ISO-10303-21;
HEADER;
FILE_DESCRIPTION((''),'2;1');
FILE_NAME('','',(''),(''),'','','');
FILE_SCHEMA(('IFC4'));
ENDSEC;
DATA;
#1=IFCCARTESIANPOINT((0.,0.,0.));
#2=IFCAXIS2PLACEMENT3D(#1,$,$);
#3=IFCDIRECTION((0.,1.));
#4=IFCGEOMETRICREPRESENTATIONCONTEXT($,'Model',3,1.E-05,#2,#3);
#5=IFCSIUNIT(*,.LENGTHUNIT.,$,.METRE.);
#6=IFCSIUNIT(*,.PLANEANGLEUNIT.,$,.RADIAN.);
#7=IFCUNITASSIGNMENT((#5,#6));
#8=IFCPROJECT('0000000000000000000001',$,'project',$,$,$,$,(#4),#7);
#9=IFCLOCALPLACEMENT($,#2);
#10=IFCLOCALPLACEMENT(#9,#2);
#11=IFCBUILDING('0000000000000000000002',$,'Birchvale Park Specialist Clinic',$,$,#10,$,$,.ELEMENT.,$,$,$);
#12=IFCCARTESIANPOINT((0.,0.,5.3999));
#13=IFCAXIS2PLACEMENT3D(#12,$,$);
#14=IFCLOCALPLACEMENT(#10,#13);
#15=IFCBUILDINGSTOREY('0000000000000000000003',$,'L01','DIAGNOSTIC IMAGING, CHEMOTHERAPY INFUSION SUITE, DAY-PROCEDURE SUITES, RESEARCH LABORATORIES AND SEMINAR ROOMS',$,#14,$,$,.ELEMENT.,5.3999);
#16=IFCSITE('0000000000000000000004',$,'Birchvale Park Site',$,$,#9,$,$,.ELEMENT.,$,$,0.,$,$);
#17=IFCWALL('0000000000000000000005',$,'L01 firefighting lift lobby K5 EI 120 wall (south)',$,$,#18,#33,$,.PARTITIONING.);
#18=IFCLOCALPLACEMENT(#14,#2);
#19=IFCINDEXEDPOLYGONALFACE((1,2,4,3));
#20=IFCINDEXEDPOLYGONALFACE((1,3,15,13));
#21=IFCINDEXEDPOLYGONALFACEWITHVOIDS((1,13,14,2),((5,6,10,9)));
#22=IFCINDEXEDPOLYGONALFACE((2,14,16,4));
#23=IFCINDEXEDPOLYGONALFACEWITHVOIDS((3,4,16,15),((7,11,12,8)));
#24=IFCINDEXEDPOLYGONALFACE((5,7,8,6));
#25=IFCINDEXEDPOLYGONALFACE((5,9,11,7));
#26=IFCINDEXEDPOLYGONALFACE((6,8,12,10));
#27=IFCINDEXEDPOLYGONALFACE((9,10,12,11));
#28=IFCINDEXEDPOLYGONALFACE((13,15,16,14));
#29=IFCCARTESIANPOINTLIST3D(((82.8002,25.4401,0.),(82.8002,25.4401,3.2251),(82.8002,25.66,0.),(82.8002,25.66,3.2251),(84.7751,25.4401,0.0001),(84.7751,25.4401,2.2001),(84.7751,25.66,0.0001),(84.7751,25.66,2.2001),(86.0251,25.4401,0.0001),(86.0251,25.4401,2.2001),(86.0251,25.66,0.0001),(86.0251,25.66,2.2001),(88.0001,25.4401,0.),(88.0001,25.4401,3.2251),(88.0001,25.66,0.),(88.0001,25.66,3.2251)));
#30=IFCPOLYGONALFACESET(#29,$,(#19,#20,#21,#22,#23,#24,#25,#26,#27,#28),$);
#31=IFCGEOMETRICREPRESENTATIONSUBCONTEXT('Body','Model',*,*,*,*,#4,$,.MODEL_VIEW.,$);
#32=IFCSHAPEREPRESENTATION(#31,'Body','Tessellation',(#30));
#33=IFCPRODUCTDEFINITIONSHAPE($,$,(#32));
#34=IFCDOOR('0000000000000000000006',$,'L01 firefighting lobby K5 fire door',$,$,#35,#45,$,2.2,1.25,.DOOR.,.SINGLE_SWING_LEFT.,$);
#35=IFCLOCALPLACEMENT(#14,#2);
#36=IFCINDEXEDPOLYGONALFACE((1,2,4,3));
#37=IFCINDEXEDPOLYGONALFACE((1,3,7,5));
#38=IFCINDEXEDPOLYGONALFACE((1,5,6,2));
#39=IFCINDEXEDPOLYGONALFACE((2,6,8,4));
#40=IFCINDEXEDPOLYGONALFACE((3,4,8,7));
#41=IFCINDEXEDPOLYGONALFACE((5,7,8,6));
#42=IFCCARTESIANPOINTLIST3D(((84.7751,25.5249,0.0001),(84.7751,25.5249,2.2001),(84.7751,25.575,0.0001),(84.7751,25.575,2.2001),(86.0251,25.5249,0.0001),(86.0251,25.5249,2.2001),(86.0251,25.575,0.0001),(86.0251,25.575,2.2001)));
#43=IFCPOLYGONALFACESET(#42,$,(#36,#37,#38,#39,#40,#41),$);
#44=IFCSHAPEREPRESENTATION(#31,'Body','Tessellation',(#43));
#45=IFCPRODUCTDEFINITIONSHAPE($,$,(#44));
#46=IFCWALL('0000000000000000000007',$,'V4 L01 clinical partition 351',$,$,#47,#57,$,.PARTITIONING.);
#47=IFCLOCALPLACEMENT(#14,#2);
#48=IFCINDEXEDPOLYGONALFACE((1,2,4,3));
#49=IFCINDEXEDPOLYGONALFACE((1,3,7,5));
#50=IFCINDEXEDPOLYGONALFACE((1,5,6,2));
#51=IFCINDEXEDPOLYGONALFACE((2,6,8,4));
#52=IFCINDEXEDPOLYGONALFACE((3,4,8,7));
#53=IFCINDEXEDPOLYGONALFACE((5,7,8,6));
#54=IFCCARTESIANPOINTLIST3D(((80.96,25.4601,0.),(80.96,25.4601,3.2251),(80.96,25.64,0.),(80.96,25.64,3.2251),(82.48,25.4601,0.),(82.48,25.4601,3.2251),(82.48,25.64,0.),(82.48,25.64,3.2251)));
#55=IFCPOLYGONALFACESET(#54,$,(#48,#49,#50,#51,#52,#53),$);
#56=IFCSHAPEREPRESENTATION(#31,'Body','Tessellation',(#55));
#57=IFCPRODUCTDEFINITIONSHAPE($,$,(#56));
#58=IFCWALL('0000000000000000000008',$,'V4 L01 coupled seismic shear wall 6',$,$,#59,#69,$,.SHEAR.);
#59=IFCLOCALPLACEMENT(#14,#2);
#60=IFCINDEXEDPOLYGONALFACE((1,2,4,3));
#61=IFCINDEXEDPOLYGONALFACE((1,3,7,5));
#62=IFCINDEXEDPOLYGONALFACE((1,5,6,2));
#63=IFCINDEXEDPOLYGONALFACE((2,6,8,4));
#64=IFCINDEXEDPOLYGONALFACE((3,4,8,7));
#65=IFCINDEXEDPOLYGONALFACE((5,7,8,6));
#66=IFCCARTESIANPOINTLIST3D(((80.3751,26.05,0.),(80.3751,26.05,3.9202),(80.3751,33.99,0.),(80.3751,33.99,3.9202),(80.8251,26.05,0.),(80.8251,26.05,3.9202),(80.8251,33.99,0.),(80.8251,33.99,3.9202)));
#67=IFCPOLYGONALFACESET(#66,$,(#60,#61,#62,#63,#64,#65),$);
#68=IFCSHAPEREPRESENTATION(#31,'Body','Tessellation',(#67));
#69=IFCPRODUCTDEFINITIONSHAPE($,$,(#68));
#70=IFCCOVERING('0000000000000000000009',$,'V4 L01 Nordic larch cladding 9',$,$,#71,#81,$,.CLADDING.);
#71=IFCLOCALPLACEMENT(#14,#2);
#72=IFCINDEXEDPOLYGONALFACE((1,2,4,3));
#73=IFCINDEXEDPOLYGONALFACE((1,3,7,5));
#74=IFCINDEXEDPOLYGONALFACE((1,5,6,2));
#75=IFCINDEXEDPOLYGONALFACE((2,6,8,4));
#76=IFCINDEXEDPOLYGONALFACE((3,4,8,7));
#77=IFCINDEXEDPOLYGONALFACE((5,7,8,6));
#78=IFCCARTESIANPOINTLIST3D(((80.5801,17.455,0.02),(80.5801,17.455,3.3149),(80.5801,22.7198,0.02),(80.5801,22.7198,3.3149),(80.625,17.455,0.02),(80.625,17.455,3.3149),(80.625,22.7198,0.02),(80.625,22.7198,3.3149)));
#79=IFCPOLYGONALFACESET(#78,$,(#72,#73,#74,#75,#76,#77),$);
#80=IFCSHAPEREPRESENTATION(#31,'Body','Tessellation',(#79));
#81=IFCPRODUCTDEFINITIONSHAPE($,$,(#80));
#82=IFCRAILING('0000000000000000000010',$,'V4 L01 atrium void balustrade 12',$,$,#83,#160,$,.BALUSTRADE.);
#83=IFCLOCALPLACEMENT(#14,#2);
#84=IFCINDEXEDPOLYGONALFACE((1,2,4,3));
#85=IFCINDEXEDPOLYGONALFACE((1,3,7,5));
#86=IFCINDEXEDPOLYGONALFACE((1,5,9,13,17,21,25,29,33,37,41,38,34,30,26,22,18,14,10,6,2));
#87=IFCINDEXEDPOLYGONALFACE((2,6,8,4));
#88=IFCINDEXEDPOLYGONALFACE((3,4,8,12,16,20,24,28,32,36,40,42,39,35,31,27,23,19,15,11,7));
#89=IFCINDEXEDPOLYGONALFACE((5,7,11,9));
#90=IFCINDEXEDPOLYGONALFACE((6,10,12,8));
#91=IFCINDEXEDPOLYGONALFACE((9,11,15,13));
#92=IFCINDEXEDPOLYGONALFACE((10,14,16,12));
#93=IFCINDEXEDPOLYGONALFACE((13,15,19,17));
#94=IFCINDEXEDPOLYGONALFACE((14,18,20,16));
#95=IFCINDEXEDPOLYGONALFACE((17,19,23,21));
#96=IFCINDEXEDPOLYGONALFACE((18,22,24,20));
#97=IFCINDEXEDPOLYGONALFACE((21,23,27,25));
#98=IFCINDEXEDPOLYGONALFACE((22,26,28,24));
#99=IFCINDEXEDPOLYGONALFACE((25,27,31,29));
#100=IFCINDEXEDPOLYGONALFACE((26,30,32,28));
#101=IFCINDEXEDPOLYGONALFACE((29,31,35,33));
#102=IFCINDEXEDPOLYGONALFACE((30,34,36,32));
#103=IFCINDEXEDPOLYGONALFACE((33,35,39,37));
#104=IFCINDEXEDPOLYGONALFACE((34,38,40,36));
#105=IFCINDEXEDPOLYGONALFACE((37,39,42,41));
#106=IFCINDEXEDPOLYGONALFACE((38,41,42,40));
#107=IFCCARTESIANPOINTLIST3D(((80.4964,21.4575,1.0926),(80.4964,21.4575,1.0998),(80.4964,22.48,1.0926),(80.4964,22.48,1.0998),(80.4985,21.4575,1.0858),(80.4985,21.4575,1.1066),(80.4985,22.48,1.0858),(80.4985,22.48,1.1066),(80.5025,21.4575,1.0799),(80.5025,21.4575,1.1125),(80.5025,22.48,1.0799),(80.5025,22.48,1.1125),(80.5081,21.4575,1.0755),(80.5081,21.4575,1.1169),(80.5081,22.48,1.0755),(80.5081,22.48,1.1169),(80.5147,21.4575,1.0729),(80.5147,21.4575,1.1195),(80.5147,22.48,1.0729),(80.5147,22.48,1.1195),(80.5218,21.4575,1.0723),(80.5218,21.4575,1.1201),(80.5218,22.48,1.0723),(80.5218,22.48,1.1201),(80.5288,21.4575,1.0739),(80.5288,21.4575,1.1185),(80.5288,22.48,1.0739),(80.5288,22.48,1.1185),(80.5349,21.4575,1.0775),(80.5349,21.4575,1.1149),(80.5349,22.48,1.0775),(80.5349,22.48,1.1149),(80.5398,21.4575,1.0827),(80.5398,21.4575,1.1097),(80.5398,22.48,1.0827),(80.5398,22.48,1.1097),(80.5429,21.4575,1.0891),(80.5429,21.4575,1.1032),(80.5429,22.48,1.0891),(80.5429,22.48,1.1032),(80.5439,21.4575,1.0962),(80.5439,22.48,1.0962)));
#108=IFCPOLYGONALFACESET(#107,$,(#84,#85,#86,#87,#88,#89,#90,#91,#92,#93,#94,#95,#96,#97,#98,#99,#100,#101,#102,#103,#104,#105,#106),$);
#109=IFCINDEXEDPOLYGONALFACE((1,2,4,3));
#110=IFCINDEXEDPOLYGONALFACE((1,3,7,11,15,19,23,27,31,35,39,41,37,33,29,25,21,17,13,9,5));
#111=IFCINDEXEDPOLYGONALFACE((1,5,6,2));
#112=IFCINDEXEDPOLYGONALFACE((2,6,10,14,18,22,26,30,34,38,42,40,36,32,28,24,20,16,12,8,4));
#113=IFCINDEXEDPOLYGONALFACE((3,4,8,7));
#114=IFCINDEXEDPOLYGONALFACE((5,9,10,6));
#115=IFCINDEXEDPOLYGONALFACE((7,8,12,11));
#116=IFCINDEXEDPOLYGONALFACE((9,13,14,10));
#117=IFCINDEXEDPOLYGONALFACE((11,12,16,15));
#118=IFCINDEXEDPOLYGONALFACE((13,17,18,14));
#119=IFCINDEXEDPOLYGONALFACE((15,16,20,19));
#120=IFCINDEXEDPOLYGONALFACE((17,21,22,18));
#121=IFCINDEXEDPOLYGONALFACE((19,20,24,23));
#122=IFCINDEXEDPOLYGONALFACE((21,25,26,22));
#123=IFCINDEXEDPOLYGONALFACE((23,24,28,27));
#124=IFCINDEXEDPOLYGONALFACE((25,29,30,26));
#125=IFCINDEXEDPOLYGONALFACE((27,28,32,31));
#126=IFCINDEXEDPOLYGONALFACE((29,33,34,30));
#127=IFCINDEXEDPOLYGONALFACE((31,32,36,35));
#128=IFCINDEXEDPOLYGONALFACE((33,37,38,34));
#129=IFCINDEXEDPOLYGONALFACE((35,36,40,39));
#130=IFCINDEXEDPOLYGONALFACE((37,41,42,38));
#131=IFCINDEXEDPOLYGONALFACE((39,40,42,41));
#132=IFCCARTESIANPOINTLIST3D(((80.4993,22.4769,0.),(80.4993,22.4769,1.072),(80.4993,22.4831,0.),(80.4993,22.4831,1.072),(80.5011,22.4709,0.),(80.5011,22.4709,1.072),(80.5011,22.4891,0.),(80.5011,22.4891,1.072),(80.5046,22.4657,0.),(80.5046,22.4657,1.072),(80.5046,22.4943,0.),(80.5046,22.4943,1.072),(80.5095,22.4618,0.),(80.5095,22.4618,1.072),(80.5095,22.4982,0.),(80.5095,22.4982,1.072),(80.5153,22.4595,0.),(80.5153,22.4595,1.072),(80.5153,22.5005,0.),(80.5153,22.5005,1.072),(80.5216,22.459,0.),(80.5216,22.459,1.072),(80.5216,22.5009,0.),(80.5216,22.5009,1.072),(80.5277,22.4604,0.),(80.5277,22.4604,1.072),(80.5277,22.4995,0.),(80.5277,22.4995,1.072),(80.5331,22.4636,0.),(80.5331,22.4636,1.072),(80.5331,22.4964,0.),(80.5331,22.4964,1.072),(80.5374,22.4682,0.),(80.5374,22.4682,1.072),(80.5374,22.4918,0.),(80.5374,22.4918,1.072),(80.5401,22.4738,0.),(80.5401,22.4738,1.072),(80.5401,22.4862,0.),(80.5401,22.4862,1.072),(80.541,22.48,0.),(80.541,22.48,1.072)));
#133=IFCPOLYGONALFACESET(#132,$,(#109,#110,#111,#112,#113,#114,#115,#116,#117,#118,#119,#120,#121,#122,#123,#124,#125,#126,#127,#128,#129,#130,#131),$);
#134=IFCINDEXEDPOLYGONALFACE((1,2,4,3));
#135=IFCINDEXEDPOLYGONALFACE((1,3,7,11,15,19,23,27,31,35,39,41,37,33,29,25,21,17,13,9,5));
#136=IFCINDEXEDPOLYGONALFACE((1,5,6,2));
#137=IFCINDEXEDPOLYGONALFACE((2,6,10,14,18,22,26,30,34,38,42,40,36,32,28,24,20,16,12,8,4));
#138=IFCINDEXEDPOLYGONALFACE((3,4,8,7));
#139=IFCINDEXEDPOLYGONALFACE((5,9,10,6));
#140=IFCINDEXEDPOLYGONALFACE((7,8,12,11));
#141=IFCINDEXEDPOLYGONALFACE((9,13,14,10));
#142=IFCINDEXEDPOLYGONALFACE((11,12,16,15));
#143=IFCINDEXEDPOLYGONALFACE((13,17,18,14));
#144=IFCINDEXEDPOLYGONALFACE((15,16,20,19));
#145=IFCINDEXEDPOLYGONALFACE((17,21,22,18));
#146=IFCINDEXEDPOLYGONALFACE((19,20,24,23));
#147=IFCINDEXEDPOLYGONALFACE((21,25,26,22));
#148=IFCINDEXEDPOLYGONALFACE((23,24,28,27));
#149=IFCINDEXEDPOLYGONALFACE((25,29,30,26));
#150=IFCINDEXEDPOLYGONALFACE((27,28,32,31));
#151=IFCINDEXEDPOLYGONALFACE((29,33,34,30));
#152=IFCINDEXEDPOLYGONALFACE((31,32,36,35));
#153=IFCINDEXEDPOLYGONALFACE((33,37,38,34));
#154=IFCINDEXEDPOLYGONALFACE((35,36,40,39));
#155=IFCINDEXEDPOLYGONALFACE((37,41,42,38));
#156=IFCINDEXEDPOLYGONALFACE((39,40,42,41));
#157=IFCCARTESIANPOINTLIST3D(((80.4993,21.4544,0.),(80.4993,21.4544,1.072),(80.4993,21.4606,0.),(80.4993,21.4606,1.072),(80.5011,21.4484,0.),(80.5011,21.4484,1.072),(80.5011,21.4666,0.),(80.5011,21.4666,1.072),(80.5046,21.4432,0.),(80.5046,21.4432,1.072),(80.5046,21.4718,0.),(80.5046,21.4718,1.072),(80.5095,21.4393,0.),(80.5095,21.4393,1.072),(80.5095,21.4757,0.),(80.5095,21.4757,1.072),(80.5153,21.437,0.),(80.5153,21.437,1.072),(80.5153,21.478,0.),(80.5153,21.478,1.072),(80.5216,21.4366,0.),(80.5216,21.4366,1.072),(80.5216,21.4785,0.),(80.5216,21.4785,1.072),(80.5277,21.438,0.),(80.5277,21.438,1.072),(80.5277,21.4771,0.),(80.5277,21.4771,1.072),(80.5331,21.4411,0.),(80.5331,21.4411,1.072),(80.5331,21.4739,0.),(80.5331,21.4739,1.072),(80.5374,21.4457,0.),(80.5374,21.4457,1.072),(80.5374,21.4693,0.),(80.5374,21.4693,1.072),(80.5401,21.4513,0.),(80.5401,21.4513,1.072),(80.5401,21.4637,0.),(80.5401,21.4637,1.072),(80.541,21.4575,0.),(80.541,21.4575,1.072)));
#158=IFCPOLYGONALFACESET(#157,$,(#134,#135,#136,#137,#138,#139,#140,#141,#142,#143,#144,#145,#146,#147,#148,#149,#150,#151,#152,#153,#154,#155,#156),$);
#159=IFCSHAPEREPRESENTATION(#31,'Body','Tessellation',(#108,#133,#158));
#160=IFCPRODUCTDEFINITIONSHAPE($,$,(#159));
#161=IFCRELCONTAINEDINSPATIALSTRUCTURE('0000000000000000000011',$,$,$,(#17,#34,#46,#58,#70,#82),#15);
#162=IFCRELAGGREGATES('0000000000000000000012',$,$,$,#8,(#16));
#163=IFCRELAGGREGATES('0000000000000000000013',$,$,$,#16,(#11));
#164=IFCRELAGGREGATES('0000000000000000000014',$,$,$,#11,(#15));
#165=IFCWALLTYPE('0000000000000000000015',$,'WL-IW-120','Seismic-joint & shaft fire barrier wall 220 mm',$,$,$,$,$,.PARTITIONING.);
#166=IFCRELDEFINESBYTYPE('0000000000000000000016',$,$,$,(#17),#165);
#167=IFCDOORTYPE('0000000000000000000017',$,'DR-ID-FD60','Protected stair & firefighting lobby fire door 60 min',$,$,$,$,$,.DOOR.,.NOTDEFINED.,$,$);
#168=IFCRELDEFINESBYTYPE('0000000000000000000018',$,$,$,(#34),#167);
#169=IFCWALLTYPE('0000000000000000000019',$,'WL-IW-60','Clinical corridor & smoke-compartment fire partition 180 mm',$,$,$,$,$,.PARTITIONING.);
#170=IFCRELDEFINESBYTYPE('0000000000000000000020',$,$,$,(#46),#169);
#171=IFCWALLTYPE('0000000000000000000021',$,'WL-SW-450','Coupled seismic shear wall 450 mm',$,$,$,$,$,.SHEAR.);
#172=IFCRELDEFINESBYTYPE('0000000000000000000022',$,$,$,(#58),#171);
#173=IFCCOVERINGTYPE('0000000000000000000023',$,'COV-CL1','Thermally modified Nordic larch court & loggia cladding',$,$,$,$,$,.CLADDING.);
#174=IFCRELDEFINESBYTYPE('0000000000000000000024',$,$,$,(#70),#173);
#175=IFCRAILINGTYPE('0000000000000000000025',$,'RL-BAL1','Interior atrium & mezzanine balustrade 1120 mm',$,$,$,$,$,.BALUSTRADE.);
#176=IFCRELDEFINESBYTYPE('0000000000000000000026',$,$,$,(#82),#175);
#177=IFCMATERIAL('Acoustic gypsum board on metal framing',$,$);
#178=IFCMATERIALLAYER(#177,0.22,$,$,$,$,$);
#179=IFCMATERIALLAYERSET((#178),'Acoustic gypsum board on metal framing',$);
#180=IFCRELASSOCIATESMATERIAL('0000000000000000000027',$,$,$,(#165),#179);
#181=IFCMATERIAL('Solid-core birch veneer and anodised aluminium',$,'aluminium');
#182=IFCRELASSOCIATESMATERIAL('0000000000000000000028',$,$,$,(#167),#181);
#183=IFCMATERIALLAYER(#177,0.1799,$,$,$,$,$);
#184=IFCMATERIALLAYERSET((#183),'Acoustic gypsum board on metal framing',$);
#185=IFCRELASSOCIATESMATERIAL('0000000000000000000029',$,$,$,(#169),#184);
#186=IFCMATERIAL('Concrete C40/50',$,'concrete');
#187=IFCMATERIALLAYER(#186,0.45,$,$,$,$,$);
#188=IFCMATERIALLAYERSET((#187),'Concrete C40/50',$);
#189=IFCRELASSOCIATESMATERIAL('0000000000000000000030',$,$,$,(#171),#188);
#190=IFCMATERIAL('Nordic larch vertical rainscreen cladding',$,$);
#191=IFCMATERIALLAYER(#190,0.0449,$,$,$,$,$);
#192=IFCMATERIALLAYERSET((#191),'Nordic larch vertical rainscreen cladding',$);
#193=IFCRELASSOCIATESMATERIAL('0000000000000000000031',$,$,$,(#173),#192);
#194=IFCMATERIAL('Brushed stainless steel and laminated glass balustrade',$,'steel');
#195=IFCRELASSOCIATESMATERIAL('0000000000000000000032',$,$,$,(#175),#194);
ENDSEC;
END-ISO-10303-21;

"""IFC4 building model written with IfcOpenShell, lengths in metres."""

from ifc_helpers import new_model, si_unit, direction, frame, frame_2d, origin, origin_2d, place, context, subcontext, project, spatial, rectangle, circle, extrude, material, layer, layer_set, type_object, element, fill, save


model = new_model("IFC4")

# Units and contexts
model_context = context("Model", 3, precision=1e-05, world=origin(), true_north=direction((0.0, 1.0)))
body_context = subcontext(model_context, "Body", "Model", "MODEL_VIEW")
ifc_project = project(units=[si_unit("LENGTHUNIT", "METRE"), si_unit("PLANEANGLEUNIT", "RADIAN")], contexts=[model_context])

# Site, building, storey
site_placement = place(None, origin())
site = spatial("IfcSite", under=ifc_project, at=site_placement, Name="Birchvale Park Site", CompositionType="ELEMENT", RefElevation=0.0)
building_placement = place(site_placement, origin())
building = spatial("IfcBuilding", under=site, at=building_placement, Name="Birchvale Park Specialist Clinic", CompositionType="ELEMENT")
storey_placement = place(building_placement, frame((0.0, 0.0, 5.3999)))
storey = spatial("IfcBuildingStorey", under=building, at=storey_placement, Name="L01", Description="DIAGNOSTIC IMAGING, CHEMOTHERAPY INFUSION SUITE, DAY-PROCEDURE SUITES, RESEARCH LABORATORIES AND SEMINAR ROOMS", CompositionType="ELEMENT", Elevation=5.3999)

# Shared definitions
ifc_material_1 = material(Name="Concrete C40/50", Category="concrete")

# Shared definitions
ifc_material_2 = material(Name="Acoustic gypsum board on metal framing")
ifc_layer_1 = layer(ifc_material_2, 0.22)
ifc_layer_set_1 = layer_set([ifc_layer_1], Name="Acoustic gypsum board on metal framing")
wall_type_1 = type_object("IfcWallType", Name="WL-IW-120", Description="Seismic-joint & shaft fire barrier wall 220 mm", PredefinedType="PARTITIONING", material=ifc_layer_set_1)

# Wall, opening, door
wall_1_placement = place(storey_placement, frame((82.8, 25.55, 0.0), z_axis=(0.0, 0.0, 1.0), x_axis=(1.0, 0.0, 0.0)))
wall_1 = element("IfcWall", 1, at=wall_1_placement, inside=storey, type_object=wall_type_1, Name="L01 firefighting lift lobby K5 EI 120 wall (south)", PredefinedType="PARTITIONING", context=body_context, shape_type="SweptSolid", body=[
    extrude(rectangle(XDim=5.2, YDim=0.22, at=frame_2d((2.6001, 0.0))), origin(), (0.0, 0.0, 1.0), 3.2251),
])
opening_1_placement = place(wall_1_placement, frame((1.9751, 0.0, 0.0)))
opening_1 = element("IfcOpeningElement", 2, at=opening_1_placement, cuts=wall_1, PredefinedType="OPENING", context=body_context, shape_type="SweptSolid", body=[
    extrude(rectangle(XDim=1.25, YDim=2.2, at=frame_2d((0.625, 1.1001))), frame((0.0, 0.1201, 0.0), z_axis=(0.0, -1.0, 0.0), x_axis=(1.0, 0.0, 0.0)), (0.0, 0.0, 1.0), 0.24),
])
ifc_material_3 = material(Name="Solid-core birch veneer and anodised aluminium", Category="aluminium")
door_type_1 = type_object("IfcDoorType", Name="DR-ID-FD60", Description="Protected stair & firefighting lobby fire door 60 min", OperationType="NOTDEFINED", PredefinedType="DOOR", material=ifc_material_3)
door_1_placement = place(opening_1_placement, origin())
door_1 = element("IfcDoor", 3, at=door_1_placement, inside=storey, type_object=door_type_1, Name="L01 firefighting lobby K5 fire door", OperationType="SINGLE_SWING_LEFT", OverallHeight=2.2, OverallWidth=1.25, PredefinedType="DOOR", context=body_context, shape_type="SweptSolid", body=[
    extrude(rectangle(XDim=1.25, YDim=2.2, at=frame_2d((0.625, 1.1001))), frame((0.0, 0.0249, 0.0), z_axis=(0.0, -1.0, 0.0), x_axis=(1.0, 0.0, 0.0)), (0.0, 0.0, 1.0), 0.05),
])
fill(opening_1, door_1)
ifc_layer_2 = layer(ifc_material_2, 0.1799)
ifc_layer_set_2 = layer_set([ifc_layer_2], Name="Acoustic gypsum board on metal framing")
wall_type_2 = type_object("IfcWallType", Name="WL-IW-60", Description="Clinical corridor & smoke-compartment fire partition 180 mm", PredefinedType="PARTITIONING", material=ifc_layer_set_2)

# Walls
wall_2_placement = place(storey_placement, frame((82.48, 25.55, 0.0), z_axis=(0.0, 0.0, 1.0), x_axis=(-1.0, 0.0, 0.0)))
element("IfcWall", 4, at=wall_2_placement, inside=storey, type_object=wall_type_2, Name="V4 L01 clinical partition 351", PredefinedType="PARTITIONING", context=body_context, shape_type="SweptSolid", body=[
    extrude(rectangle(XDim=1.52, YDim=0.1799, at=frame_2d((0.76, 0.0))), origin(), (0.0, 0.0, 1.0), 3.2251),
])
ifc_layer_3 = layer(ifc_material_1, 0.45)
ifc_layer_set_3 = layer_set([ifc_layer_3], Name="Concrete C40/50")
wall_type_3 = type_object("IfcWallType", Name="WL-SW-450", Description="Coupled seismic shear wall 450 mm", PredefinedType="SHEAR", material=ifc_layer_set_3)
wall_3_placement = place(storey_placement, frame((80.6001, 26.05, 0.0), z_axis=(0.0, 0.0, 1.0), x_axis=(0.0, 1.0, 0.0)))
element("IfcWall", 5, at=wall_3_placement, inside=storey, type_object=wall_type_3, Name="V4 L01 coupled seismic shear wall 6", PredefinedType="SHEAR", context=body_context, shape_type="SweptSolid", body=[
    extrude(rectangle(XDim=7.9399, YDim=0.45, at=frame_2d((3.97, 0.0))), origin(), (0.0, 0.0, 1.0), 3.9202),
])

# Covering
ifc_material_4 = material(Name="Nordic larch vertical rainscreen cladding")
ifc_layer_4 = layer(ifc_material_4, 0.0449)
ifc_layer_set_4 = layer_set([ifc_layer_4], Name="Nordic larch vertical rainscreen cladding")
covering_type = type_object("IfcCoveringType", Name="COV-CL1", Description="Thermally modified Nordic larch court & loggia cladding", PredefinedType="CLADDING", material=ifc_layer_set_4)
covering_placement = place(storey_placement, frame((80.6025, 20.0874, 0.02), z_axis=(0.0, 0.0, 1.0), x_axis=(0.0, 1.0, 0.0)))
element("IfcCovering", 6, at=covering_placement, inside=storey, type_object=covering_type, Name="V4 L01 Nordic larch cladding 9", PredefinedType="CLADDING", context=body_context, shape_type="SweptSolid", body=[
    extrude(rectangle(XDim=5.2649, YDim=0.0449, at=origin_2d()), origin(), (0.0, 0.0, 1.0), 3.2949),
])

# Railing
ifc_material_5 = material(Name="Brushed stainless steel and laminated glass balustrade", Category="steel")
railing_type = type_object("IfcRailingType", Name="RL-BAL1", Description="Interior atrium & mezzanine balustrade 1120 mm", PredefinedType="BALUSTRADE", material=ifc_material_5)
railing_1_placement = place(storey_placement, frame((80.52, 22.48, 0.0)))
element("IfcRailing", 7, at=railing_1_placement, inside=storey, type_object=railing_type, Name="V4 L01 atrium void balustrade 12", PredefinedType="BALUSTRADE", context=body_context, shape_type="SweptSolid", body=[
    extrude(circle(Radius=0.0239, at=origin_2d()), frame((0.0, 0.0, 1.0962), z_axis=(0.0, -1.0, 0.0), x_axis=(1.0, 0.0, 0.0)), (0.0, 0.0, 1.0), 1.0225),
    extrude(circle(Radius=0.021, at=origin_2d()), origin(), (0.0, 0.0, 1.0), 1.072),
    extrude(circle(Radius=0.021, at=origin_2d()), frame((0.0, -1.0225, 0.0)), (0.0, 0.0, 1.0), 1.072),
])

save(model, "model.ifc")
